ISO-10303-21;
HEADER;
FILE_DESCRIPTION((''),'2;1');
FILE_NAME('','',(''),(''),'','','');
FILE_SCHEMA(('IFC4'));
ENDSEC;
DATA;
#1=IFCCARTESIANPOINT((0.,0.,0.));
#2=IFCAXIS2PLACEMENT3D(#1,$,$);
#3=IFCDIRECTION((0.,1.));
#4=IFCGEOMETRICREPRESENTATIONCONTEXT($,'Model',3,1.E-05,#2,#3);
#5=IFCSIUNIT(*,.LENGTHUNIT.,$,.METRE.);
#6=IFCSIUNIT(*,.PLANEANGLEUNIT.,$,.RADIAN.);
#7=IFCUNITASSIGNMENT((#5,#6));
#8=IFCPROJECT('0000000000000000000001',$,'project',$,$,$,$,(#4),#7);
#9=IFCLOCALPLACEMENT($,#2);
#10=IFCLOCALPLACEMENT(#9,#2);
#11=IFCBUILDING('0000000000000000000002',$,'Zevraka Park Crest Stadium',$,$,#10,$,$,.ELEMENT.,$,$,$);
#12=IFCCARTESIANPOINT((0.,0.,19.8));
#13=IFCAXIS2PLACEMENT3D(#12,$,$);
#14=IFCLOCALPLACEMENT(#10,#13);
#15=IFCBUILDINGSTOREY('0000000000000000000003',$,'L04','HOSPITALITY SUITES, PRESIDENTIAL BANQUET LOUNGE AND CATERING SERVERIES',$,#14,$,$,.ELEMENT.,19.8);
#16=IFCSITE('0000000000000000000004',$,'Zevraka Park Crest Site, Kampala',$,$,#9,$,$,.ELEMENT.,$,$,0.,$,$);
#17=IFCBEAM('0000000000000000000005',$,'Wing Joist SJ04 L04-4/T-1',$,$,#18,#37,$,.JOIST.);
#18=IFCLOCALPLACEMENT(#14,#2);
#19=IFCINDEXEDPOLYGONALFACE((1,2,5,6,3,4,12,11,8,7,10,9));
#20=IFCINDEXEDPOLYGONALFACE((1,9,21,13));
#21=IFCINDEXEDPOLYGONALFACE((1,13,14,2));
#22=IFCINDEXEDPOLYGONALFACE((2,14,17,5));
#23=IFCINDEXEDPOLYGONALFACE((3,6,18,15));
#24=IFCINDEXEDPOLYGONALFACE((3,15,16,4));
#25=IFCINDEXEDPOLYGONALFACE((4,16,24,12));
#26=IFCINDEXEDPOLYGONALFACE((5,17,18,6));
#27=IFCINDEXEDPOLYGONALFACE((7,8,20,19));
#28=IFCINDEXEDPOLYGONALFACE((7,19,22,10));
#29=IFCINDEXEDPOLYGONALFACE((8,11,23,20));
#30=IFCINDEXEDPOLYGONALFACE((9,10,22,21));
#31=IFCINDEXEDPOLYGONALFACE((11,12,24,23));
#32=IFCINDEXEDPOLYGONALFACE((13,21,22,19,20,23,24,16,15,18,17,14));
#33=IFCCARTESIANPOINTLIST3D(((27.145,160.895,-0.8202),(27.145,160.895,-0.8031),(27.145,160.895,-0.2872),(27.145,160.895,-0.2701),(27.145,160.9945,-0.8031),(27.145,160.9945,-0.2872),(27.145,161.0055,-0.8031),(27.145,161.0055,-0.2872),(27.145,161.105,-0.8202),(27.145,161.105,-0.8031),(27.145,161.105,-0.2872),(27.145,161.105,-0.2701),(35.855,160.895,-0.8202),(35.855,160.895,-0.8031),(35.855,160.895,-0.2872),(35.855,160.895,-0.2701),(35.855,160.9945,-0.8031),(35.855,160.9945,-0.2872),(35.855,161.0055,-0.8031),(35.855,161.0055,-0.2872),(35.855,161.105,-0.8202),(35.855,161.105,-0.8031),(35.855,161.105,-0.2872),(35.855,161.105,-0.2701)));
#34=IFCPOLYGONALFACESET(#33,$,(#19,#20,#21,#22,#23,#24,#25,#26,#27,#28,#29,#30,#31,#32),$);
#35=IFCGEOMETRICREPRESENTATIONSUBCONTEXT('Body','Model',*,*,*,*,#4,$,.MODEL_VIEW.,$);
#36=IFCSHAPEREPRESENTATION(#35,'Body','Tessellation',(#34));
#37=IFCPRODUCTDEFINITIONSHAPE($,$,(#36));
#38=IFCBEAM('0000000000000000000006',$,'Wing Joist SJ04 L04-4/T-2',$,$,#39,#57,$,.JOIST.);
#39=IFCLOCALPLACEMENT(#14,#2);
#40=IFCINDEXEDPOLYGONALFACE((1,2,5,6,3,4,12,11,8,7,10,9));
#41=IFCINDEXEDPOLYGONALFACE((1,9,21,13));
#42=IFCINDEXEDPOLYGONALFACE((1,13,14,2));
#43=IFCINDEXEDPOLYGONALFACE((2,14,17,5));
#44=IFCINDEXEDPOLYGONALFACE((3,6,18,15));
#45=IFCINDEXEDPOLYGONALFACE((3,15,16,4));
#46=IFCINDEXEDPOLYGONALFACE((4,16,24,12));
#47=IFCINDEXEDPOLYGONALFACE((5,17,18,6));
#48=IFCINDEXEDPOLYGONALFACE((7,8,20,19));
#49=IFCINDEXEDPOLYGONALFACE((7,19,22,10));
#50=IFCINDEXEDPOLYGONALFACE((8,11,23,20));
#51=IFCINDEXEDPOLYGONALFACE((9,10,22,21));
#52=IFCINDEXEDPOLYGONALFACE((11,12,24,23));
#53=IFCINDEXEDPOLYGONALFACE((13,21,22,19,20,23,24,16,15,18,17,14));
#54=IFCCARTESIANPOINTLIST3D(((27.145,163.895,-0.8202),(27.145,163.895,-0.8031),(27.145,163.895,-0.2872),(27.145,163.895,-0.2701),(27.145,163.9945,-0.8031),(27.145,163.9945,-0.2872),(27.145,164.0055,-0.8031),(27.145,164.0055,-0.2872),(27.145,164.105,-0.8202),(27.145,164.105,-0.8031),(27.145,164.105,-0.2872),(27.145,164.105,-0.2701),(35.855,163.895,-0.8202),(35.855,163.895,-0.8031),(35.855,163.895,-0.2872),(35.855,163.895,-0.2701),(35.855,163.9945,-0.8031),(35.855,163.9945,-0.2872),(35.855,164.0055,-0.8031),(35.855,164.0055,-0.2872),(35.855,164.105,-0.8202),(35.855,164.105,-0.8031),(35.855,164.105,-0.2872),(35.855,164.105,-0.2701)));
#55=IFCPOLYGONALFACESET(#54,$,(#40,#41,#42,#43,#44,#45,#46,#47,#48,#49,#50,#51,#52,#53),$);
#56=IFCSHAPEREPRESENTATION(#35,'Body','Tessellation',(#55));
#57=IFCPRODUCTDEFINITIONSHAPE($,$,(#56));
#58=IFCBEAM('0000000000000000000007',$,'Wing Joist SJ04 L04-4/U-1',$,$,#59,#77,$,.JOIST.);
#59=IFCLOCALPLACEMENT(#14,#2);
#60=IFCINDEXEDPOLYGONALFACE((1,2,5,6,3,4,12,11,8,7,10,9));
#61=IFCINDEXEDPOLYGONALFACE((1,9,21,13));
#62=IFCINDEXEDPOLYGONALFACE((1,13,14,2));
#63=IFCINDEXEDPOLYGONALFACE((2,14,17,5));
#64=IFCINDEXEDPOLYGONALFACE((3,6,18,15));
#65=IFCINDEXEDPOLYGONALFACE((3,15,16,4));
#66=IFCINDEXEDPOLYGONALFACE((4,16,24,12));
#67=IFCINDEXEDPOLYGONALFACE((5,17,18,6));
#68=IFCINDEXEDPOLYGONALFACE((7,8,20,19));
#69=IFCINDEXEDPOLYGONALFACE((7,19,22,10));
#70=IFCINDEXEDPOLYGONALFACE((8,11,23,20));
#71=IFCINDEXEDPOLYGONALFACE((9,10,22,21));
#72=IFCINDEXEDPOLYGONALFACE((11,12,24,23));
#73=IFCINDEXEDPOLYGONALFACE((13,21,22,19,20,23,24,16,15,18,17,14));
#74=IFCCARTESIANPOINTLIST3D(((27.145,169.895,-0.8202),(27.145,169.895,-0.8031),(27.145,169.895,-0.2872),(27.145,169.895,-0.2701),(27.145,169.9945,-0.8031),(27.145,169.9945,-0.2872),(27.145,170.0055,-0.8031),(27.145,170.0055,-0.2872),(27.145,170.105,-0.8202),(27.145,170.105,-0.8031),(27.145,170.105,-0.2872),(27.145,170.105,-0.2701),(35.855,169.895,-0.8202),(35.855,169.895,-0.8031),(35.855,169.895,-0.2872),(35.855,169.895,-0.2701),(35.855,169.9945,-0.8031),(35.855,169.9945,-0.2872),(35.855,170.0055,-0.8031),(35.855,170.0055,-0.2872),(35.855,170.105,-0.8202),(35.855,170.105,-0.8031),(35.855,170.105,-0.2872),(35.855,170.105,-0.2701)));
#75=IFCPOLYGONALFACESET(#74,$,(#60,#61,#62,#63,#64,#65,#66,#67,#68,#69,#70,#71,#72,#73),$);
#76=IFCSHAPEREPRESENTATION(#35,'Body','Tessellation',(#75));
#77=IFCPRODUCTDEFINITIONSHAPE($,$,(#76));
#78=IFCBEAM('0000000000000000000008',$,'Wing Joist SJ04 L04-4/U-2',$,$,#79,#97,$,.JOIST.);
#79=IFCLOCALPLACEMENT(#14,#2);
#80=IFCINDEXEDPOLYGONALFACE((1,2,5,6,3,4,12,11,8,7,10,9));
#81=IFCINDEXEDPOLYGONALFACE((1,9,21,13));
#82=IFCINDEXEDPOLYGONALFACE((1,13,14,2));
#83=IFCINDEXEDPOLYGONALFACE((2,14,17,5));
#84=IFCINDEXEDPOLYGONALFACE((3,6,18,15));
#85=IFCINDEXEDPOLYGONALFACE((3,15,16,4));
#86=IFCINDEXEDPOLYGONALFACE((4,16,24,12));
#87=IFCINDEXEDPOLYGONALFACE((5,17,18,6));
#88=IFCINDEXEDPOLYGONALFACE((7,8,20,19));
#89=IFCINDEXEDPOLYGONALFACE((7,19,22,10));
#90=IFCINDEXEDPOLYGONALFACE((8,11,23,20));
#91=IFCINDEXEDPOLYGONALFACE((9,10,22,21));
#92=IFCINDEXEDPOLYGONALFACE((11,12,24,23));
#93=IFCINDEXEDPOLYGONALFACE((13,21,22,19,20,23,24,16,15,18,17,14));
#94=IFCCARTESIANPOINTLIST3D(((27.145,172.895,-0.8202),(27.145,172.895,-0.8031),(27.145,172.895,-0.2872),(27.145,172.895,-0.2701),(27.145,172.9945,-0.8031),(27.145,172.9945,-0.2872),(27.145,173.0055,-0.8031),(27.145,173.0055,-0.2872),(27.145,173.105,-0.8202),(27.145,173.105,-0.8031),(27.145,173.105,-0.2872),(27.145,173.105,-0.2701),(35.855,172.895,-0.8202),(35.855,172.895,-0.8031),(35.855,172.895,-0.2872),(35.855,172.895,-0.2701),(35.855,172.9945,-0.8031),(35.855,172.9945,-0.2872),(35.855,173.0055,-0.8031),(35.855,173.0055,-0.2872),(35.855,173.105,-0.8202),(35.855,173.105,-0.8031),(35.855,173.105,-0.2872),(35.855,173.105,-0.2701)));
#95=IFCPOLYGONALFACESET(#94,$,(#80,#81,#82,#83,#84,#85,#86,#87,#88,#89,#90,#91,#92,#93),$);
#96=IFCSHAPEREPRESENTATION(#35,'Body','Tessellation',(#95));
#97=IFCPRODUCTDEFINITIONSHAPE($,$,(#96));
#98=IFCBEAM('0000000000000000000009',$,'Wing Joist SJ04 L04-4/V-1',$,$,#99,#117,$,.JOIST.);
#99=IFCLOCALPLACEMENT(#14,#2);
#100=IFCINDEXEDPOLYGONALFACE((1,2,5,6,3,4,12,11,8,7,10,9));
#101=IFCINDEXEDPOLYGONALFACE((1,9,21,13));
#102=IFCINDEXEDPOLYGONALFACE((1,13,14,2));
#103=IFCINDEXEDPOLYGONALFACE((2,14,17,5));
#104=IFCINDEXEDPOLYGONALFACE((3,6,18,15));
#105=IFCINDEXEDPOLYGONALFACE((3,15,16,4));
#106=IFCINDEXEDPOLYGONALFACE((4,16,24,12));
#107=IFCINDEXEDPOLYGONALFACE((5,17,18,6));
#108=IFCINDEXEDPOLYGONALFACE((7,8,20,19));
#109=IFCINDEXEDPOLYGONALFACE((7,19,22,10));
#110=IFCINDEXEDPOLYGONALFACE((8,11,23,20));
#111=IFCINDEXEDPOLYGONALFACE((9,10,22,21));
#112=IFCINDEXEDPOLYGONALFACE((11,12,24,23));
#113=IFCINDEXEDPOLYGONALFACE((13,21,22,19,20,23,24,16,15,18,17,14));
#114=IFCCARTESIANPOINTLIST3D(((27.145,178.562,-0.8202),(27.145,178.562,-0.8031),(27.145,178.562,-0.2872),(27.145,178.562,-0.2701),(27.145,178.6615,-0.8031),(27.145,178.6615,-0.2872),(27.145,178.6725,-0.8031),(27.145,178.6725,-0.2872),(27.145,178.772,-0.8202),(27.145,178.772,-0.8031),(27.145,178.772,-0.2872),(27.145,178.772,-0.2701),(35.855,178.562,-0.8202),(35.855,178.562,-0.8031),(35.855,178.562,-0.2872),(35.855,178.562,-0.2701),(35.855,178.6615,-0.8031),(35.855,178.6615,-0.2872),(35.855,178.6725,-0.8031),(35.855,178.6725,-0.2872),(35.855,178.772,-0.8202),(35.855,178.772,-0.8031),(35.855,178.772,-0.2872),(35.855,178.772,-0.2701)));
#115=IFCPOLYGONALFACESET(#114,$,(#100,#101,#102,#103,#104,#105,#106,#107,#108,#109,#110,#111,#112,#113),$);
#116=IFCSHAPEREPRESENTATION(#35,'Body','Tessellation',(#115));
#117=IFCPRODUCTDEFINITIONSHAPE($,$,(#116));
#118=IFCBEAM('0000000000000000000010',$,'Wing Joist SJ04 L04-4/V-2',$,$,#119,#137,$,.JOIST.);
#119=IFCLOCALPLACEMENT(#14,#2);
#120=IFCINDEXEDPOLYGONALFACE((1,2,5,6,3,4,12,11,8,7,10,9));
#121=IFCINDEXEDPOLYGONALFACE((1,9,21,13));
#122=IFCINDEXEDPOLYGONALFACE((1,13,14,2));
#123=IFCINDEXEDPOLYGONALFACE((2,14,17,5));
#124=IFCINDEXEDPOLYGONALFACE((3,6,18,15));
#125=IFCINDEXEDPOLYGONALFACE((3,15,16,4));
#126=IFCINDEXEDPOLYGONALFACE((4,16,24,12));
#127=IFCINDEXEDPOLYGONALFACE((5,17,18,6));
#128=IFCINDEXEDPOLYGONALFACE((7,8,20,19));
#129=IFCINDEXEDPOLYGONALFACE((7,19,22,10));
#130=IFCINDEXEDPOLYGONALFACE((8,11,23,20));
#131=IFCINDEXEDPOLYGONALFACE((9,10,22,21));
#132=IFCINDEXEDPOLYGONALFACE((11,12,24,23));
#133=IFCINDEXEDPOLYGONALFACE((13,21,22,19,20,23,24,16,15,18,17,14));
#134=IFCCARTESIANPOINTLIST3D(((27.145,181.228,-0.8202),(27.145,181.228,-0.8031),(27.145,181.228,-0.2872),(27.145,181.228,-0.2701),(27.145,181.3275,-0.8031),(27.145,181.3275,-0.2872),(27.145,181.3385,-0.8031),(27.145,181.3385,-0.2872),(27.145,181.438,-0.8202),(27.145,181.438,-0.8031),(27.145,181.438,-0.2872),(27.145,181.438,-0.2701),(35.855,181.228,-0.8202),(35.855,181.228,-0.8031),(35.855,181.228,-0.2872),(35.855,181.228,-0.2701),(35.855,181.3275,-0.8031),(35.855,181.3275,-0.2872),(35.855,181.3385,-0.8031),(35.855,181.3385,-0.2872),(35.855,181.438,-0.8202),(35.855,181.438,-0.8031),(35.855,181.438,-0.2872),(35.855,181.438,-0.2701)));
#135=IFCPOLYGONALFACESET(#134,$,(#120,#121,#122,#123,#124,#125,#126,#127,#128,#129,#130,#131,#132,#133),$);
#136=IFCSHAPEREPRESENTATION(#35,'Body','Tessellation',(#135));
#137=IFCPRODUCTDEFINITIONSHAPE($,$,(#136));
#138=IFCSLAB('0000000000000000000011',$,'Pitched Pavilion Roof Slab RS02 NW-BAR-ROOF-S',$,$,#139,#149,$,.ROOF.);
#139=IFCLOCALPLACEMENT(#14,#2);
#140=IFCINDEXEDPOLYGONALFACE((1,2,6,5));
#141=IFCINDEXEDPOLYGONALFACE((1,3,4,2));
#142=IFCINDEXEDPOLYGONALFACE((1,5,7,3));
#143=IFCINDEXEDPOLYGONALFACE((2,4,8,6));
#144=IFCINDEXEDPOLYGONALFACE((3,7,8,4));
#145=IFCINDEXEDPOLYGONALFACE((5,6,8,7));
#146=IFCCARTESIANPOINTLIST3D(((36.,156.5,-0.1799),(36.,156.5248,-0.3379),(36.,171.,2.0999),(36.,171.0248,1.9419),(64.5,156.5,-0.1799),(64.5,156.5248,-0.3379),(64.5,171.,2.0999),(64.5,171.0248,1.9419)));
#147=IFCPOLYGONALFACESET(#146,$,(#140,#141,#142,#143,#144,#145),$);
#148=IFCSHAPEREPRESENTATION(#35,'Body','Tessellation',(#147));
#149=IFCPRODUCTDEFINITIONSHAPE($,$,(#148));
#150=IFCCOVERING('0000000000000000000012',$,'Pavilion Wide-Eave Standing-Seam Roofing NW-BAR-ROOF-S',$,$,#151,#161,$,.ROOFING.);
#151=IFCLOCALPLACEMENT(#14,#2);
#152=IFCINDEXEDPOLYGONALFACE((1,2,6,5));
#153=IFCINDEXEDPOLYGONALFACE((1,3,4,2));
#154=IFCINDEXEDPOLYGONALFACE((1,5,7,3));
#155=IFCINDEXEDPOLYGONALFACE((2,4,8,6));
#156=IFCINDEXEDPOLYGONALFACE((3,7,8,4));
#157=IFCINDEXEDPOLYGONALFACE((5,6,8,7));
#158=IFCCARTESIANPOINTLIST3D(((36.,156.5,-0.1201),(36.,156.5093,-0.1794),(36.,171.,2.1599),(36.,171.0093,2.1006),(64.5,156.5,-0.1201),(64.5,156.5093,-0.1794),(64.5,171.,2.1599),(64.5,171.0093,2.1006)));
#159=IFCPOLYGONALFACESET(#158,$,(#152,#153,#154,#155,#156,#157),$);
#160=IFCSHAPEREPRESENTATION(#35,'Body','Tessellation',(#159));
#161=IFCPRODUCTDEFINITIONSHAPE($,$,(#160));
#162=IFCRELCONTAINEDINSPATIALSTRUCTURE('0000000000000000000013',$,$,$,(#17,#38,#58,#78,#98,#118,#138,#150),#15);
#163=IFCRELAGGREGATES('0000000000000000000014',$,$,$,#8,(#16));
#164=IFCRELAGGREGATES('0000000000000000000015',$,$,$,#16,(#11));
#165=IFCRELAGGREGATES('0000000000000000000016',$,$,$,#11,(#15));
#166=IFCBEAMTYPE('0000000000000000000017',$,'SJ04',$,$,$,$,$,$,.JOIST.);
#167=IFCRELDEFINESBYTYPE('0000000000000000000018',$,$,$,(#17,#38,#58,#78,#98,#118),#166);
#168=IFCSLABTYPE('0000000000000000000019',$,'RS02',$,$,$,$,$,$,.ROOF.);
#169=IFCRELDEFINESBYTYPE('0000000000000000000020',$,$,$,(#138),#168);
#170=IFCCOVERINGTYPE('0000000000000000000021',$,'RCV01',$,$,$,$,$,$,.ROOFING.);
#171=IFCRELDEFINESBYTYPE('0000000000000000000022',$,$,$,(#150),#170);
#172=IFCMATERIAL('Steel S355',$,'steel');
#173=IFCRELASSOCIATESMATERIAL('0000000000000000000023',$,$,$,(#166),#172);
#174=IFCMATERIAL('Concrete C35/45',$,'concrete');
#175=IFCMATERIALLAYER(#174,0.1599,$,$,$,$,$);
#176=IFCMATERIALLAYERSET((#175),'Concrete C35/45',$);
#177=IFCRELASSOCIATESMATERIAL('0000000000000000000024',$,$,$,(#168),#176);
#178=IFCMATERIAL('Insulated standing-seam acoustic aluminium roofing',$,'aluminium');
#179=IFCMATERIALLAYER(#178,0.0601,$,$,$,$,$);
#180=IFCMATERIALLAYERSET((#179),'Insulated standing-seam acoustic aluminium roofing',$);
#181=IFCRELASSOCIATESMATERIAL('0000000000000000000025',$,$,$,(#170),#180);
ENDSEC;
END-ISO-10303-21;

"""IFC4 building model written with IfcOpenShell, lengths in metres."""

from ifc_helpers import new_model, si_unit, direction, frame, origin, origin_2d, place, context, subcontext, project, spatial, polyline, i_section, outline, extrude, material, layer, layer_set, material_profile, profile_set, type_object, element, save


model = new_model("IFC4")

# Units and contexts
model_context = context("Model", 3, precision=1e-05, world=origin(), true_north=direction((0.0, 1.0)))
body_context = subcontext(model_context, "Body", "Model", "MODEL_VIEW")
ifc_project = project(units=[si_unit("LENGTHUNIT", "METRE"), si_unit("PLANEANGLEUNIT", "RADIAN")], contexts=[model_context])

# Site, building, storey
site_placement = place(None, origin())
site = spatial("IfcSite", under=ifc_project, at=site_placement, Name="Zevraka Park Crest Site, Kampala", CompositionType="ELEMENT", RefElevation=0.0)
building_placement = place(site_placement, origin())
building = spatial("IfcBuilding", under=site, at=building_placement, Name="Zevraka Park Crest Stadium", CompositionType="ELEMENT")
storey_placement = place(building_placement, frame((0.0, 0.0, 19.8)))
storey = spatial("IfcBuildingStorey", under=building, at=storey_placement, Name="L04", Description="HOSPITALITY SUITES, PRESIDENTIAL BANQUET LOUNGE AND CATERING SERVERIES", CompositionType="ELEMENT", Elevation=19.8)

# Beams
ifc_material_1 = material(Name="Steel S355", Category="steel")
ifc_material_profile_1 = material_profile(ifc_material_1, i_section(OverallWidth=0.21, OverallDepth=0.55, WebThickness=0.011, FlangeThickness=0.0171, at=origin_2d()), Name="IPE 550")
ifc_profile_set_1 = profile_set([ifc_material_profile_1], Name="Steel S355")
beam_type_1 = type_object("IfcBeamType", Name="SJ04", PredefinedType="JOIST", material=ifc_profile_set_1)
for number, where, z_axis, x_axis, name in (
    (1, (27.145, 161.0, -0.5452), (1.0, 0.0, 0.0), (0.0, 1.0, 0.0), "Wing Joist SJ04 L04-4/T-1"),
    (2, (27.145, 164.0, -0.5452), (1.0, 0.0, 0.0), (0.0, 1.0, 0.0), "Wing Joist SJ04 L04-4/T-2"),
    (3, (27.145, 170.0, -0.5452), (1.0, 0.0, 0.0), (0.0, 1.0, 0.0), "Wing Joist SJ04 L04-4/U-1"),
    (4, (27.145, 173.0, -0.5452), (1.0, 0.0, 0.0), (0.0, 1.0, 0.0), "Wing Joist SJ04 L04-4/U-2"),
    (5, (27.145, 178.667, -0.5452), (1.0, 0.0, 0.0), (0.0, 1.0, 0.0), "Wing Joist SJ04 L04-4/V-1"),
    (6, (27.145, 181.333, -0.5452), (1.0, 0.0, 0.0), (0.0, 1.0, 0.0), "Wing Joist SJ04 L04-4/V-2"),
):
    element("IfcBeam", number, at=place(storey_placement, frame(where, z_axis=z_axis, x_axis=x_axis)), inside=storey, type_object=beam_type_1, Name=name, PredefinedType="JOIST", context=body_context, shape_type="SweptSolid", body=[
        extrude(i_section(OverallWidth=0.21, OverallDepth=0.55, WebThickness=0.011, FlangeThickness=0.0171, at=origin_2d()), origin(), (0.0, 0.0, 1.0), 8.71),
    ])

# Slab
ifc_material_2 = material(Name="Concrete C35/45", Category="concrete")
ifc_layer_1 = layer(ifc_material_2, 0.1599)
ifc_layer_set_1 = layer_set([ifc_layer_1], Name="Concrete C35/45")
slab_type = type_object("IfcSlabType", Name="RS02", PredefinedType="ROOF", material=ifc_layer_set_1)
slab_placement = place(storey_placement, frame((36.0, 156.5, -0.1799), z_axis=(0.0, -0.155319, 0.987864), x_axis=(1.0, 0.0, 0.0)))
element("IfcSlab", 7, at=slab_placement, inside=storey, type_object=slab_type, Name="Pitched Pavilion Roof Slab RS02 NW-BAR-ROOF-S", PredefinedType="ROOF", context=body_context, shape_type="SweptSolid", body=[
    extrude(outline(polyline([(0.0, 0.0), (28.5, 0.0), (28.5, 14.6781), (0.0, 14.6781), (0.0, 0.0)])), origin(), (0.0, 0.0, -1.0), 0.1599),
])

# Covering
ifc_material_3 = material(Name="Insulated standing-seam acoustic aluminium roofing", Category="aluminium")
ifc_layer_2 = layer(ifc_material_3, 0.0601)
ifc_layer_set_2 = layer_set([ifc_layer_2], Name="Insulated standing-seam acoustic aluminium roofing")
covering_type = type_object("IfcCoveringType", Name="RCV01", PredefinedType="ROOFING", material=ifc_layer_set_2)
covering_placement = place(storey_placement, frame((36.0, 156.5, -0.1201), z_axis=(0.0, -0.155335, 0.987862), x_axis=(1.0, 0.0, 0.0)))
element("IfcCovering", 8, at=covering_placement, inside=storey, type_object=covering_type, Name="Pavilion Wide-Eave Standing-Seam Roofing NW-BAR-ROOF-S", PredefinedType="ROOFING", context=body_context, shape_type="SweptSolid", body=[
    extrude(outline(polyline([(0.0, 0.0), (28.5, 0.0), (28.5, 14.6782), (0.0, 14.6782), (0.0, 0.0)])), origin(), (0.0, 0.0, -1.0), 0.0601),
])

save(model, "model.ifc")
